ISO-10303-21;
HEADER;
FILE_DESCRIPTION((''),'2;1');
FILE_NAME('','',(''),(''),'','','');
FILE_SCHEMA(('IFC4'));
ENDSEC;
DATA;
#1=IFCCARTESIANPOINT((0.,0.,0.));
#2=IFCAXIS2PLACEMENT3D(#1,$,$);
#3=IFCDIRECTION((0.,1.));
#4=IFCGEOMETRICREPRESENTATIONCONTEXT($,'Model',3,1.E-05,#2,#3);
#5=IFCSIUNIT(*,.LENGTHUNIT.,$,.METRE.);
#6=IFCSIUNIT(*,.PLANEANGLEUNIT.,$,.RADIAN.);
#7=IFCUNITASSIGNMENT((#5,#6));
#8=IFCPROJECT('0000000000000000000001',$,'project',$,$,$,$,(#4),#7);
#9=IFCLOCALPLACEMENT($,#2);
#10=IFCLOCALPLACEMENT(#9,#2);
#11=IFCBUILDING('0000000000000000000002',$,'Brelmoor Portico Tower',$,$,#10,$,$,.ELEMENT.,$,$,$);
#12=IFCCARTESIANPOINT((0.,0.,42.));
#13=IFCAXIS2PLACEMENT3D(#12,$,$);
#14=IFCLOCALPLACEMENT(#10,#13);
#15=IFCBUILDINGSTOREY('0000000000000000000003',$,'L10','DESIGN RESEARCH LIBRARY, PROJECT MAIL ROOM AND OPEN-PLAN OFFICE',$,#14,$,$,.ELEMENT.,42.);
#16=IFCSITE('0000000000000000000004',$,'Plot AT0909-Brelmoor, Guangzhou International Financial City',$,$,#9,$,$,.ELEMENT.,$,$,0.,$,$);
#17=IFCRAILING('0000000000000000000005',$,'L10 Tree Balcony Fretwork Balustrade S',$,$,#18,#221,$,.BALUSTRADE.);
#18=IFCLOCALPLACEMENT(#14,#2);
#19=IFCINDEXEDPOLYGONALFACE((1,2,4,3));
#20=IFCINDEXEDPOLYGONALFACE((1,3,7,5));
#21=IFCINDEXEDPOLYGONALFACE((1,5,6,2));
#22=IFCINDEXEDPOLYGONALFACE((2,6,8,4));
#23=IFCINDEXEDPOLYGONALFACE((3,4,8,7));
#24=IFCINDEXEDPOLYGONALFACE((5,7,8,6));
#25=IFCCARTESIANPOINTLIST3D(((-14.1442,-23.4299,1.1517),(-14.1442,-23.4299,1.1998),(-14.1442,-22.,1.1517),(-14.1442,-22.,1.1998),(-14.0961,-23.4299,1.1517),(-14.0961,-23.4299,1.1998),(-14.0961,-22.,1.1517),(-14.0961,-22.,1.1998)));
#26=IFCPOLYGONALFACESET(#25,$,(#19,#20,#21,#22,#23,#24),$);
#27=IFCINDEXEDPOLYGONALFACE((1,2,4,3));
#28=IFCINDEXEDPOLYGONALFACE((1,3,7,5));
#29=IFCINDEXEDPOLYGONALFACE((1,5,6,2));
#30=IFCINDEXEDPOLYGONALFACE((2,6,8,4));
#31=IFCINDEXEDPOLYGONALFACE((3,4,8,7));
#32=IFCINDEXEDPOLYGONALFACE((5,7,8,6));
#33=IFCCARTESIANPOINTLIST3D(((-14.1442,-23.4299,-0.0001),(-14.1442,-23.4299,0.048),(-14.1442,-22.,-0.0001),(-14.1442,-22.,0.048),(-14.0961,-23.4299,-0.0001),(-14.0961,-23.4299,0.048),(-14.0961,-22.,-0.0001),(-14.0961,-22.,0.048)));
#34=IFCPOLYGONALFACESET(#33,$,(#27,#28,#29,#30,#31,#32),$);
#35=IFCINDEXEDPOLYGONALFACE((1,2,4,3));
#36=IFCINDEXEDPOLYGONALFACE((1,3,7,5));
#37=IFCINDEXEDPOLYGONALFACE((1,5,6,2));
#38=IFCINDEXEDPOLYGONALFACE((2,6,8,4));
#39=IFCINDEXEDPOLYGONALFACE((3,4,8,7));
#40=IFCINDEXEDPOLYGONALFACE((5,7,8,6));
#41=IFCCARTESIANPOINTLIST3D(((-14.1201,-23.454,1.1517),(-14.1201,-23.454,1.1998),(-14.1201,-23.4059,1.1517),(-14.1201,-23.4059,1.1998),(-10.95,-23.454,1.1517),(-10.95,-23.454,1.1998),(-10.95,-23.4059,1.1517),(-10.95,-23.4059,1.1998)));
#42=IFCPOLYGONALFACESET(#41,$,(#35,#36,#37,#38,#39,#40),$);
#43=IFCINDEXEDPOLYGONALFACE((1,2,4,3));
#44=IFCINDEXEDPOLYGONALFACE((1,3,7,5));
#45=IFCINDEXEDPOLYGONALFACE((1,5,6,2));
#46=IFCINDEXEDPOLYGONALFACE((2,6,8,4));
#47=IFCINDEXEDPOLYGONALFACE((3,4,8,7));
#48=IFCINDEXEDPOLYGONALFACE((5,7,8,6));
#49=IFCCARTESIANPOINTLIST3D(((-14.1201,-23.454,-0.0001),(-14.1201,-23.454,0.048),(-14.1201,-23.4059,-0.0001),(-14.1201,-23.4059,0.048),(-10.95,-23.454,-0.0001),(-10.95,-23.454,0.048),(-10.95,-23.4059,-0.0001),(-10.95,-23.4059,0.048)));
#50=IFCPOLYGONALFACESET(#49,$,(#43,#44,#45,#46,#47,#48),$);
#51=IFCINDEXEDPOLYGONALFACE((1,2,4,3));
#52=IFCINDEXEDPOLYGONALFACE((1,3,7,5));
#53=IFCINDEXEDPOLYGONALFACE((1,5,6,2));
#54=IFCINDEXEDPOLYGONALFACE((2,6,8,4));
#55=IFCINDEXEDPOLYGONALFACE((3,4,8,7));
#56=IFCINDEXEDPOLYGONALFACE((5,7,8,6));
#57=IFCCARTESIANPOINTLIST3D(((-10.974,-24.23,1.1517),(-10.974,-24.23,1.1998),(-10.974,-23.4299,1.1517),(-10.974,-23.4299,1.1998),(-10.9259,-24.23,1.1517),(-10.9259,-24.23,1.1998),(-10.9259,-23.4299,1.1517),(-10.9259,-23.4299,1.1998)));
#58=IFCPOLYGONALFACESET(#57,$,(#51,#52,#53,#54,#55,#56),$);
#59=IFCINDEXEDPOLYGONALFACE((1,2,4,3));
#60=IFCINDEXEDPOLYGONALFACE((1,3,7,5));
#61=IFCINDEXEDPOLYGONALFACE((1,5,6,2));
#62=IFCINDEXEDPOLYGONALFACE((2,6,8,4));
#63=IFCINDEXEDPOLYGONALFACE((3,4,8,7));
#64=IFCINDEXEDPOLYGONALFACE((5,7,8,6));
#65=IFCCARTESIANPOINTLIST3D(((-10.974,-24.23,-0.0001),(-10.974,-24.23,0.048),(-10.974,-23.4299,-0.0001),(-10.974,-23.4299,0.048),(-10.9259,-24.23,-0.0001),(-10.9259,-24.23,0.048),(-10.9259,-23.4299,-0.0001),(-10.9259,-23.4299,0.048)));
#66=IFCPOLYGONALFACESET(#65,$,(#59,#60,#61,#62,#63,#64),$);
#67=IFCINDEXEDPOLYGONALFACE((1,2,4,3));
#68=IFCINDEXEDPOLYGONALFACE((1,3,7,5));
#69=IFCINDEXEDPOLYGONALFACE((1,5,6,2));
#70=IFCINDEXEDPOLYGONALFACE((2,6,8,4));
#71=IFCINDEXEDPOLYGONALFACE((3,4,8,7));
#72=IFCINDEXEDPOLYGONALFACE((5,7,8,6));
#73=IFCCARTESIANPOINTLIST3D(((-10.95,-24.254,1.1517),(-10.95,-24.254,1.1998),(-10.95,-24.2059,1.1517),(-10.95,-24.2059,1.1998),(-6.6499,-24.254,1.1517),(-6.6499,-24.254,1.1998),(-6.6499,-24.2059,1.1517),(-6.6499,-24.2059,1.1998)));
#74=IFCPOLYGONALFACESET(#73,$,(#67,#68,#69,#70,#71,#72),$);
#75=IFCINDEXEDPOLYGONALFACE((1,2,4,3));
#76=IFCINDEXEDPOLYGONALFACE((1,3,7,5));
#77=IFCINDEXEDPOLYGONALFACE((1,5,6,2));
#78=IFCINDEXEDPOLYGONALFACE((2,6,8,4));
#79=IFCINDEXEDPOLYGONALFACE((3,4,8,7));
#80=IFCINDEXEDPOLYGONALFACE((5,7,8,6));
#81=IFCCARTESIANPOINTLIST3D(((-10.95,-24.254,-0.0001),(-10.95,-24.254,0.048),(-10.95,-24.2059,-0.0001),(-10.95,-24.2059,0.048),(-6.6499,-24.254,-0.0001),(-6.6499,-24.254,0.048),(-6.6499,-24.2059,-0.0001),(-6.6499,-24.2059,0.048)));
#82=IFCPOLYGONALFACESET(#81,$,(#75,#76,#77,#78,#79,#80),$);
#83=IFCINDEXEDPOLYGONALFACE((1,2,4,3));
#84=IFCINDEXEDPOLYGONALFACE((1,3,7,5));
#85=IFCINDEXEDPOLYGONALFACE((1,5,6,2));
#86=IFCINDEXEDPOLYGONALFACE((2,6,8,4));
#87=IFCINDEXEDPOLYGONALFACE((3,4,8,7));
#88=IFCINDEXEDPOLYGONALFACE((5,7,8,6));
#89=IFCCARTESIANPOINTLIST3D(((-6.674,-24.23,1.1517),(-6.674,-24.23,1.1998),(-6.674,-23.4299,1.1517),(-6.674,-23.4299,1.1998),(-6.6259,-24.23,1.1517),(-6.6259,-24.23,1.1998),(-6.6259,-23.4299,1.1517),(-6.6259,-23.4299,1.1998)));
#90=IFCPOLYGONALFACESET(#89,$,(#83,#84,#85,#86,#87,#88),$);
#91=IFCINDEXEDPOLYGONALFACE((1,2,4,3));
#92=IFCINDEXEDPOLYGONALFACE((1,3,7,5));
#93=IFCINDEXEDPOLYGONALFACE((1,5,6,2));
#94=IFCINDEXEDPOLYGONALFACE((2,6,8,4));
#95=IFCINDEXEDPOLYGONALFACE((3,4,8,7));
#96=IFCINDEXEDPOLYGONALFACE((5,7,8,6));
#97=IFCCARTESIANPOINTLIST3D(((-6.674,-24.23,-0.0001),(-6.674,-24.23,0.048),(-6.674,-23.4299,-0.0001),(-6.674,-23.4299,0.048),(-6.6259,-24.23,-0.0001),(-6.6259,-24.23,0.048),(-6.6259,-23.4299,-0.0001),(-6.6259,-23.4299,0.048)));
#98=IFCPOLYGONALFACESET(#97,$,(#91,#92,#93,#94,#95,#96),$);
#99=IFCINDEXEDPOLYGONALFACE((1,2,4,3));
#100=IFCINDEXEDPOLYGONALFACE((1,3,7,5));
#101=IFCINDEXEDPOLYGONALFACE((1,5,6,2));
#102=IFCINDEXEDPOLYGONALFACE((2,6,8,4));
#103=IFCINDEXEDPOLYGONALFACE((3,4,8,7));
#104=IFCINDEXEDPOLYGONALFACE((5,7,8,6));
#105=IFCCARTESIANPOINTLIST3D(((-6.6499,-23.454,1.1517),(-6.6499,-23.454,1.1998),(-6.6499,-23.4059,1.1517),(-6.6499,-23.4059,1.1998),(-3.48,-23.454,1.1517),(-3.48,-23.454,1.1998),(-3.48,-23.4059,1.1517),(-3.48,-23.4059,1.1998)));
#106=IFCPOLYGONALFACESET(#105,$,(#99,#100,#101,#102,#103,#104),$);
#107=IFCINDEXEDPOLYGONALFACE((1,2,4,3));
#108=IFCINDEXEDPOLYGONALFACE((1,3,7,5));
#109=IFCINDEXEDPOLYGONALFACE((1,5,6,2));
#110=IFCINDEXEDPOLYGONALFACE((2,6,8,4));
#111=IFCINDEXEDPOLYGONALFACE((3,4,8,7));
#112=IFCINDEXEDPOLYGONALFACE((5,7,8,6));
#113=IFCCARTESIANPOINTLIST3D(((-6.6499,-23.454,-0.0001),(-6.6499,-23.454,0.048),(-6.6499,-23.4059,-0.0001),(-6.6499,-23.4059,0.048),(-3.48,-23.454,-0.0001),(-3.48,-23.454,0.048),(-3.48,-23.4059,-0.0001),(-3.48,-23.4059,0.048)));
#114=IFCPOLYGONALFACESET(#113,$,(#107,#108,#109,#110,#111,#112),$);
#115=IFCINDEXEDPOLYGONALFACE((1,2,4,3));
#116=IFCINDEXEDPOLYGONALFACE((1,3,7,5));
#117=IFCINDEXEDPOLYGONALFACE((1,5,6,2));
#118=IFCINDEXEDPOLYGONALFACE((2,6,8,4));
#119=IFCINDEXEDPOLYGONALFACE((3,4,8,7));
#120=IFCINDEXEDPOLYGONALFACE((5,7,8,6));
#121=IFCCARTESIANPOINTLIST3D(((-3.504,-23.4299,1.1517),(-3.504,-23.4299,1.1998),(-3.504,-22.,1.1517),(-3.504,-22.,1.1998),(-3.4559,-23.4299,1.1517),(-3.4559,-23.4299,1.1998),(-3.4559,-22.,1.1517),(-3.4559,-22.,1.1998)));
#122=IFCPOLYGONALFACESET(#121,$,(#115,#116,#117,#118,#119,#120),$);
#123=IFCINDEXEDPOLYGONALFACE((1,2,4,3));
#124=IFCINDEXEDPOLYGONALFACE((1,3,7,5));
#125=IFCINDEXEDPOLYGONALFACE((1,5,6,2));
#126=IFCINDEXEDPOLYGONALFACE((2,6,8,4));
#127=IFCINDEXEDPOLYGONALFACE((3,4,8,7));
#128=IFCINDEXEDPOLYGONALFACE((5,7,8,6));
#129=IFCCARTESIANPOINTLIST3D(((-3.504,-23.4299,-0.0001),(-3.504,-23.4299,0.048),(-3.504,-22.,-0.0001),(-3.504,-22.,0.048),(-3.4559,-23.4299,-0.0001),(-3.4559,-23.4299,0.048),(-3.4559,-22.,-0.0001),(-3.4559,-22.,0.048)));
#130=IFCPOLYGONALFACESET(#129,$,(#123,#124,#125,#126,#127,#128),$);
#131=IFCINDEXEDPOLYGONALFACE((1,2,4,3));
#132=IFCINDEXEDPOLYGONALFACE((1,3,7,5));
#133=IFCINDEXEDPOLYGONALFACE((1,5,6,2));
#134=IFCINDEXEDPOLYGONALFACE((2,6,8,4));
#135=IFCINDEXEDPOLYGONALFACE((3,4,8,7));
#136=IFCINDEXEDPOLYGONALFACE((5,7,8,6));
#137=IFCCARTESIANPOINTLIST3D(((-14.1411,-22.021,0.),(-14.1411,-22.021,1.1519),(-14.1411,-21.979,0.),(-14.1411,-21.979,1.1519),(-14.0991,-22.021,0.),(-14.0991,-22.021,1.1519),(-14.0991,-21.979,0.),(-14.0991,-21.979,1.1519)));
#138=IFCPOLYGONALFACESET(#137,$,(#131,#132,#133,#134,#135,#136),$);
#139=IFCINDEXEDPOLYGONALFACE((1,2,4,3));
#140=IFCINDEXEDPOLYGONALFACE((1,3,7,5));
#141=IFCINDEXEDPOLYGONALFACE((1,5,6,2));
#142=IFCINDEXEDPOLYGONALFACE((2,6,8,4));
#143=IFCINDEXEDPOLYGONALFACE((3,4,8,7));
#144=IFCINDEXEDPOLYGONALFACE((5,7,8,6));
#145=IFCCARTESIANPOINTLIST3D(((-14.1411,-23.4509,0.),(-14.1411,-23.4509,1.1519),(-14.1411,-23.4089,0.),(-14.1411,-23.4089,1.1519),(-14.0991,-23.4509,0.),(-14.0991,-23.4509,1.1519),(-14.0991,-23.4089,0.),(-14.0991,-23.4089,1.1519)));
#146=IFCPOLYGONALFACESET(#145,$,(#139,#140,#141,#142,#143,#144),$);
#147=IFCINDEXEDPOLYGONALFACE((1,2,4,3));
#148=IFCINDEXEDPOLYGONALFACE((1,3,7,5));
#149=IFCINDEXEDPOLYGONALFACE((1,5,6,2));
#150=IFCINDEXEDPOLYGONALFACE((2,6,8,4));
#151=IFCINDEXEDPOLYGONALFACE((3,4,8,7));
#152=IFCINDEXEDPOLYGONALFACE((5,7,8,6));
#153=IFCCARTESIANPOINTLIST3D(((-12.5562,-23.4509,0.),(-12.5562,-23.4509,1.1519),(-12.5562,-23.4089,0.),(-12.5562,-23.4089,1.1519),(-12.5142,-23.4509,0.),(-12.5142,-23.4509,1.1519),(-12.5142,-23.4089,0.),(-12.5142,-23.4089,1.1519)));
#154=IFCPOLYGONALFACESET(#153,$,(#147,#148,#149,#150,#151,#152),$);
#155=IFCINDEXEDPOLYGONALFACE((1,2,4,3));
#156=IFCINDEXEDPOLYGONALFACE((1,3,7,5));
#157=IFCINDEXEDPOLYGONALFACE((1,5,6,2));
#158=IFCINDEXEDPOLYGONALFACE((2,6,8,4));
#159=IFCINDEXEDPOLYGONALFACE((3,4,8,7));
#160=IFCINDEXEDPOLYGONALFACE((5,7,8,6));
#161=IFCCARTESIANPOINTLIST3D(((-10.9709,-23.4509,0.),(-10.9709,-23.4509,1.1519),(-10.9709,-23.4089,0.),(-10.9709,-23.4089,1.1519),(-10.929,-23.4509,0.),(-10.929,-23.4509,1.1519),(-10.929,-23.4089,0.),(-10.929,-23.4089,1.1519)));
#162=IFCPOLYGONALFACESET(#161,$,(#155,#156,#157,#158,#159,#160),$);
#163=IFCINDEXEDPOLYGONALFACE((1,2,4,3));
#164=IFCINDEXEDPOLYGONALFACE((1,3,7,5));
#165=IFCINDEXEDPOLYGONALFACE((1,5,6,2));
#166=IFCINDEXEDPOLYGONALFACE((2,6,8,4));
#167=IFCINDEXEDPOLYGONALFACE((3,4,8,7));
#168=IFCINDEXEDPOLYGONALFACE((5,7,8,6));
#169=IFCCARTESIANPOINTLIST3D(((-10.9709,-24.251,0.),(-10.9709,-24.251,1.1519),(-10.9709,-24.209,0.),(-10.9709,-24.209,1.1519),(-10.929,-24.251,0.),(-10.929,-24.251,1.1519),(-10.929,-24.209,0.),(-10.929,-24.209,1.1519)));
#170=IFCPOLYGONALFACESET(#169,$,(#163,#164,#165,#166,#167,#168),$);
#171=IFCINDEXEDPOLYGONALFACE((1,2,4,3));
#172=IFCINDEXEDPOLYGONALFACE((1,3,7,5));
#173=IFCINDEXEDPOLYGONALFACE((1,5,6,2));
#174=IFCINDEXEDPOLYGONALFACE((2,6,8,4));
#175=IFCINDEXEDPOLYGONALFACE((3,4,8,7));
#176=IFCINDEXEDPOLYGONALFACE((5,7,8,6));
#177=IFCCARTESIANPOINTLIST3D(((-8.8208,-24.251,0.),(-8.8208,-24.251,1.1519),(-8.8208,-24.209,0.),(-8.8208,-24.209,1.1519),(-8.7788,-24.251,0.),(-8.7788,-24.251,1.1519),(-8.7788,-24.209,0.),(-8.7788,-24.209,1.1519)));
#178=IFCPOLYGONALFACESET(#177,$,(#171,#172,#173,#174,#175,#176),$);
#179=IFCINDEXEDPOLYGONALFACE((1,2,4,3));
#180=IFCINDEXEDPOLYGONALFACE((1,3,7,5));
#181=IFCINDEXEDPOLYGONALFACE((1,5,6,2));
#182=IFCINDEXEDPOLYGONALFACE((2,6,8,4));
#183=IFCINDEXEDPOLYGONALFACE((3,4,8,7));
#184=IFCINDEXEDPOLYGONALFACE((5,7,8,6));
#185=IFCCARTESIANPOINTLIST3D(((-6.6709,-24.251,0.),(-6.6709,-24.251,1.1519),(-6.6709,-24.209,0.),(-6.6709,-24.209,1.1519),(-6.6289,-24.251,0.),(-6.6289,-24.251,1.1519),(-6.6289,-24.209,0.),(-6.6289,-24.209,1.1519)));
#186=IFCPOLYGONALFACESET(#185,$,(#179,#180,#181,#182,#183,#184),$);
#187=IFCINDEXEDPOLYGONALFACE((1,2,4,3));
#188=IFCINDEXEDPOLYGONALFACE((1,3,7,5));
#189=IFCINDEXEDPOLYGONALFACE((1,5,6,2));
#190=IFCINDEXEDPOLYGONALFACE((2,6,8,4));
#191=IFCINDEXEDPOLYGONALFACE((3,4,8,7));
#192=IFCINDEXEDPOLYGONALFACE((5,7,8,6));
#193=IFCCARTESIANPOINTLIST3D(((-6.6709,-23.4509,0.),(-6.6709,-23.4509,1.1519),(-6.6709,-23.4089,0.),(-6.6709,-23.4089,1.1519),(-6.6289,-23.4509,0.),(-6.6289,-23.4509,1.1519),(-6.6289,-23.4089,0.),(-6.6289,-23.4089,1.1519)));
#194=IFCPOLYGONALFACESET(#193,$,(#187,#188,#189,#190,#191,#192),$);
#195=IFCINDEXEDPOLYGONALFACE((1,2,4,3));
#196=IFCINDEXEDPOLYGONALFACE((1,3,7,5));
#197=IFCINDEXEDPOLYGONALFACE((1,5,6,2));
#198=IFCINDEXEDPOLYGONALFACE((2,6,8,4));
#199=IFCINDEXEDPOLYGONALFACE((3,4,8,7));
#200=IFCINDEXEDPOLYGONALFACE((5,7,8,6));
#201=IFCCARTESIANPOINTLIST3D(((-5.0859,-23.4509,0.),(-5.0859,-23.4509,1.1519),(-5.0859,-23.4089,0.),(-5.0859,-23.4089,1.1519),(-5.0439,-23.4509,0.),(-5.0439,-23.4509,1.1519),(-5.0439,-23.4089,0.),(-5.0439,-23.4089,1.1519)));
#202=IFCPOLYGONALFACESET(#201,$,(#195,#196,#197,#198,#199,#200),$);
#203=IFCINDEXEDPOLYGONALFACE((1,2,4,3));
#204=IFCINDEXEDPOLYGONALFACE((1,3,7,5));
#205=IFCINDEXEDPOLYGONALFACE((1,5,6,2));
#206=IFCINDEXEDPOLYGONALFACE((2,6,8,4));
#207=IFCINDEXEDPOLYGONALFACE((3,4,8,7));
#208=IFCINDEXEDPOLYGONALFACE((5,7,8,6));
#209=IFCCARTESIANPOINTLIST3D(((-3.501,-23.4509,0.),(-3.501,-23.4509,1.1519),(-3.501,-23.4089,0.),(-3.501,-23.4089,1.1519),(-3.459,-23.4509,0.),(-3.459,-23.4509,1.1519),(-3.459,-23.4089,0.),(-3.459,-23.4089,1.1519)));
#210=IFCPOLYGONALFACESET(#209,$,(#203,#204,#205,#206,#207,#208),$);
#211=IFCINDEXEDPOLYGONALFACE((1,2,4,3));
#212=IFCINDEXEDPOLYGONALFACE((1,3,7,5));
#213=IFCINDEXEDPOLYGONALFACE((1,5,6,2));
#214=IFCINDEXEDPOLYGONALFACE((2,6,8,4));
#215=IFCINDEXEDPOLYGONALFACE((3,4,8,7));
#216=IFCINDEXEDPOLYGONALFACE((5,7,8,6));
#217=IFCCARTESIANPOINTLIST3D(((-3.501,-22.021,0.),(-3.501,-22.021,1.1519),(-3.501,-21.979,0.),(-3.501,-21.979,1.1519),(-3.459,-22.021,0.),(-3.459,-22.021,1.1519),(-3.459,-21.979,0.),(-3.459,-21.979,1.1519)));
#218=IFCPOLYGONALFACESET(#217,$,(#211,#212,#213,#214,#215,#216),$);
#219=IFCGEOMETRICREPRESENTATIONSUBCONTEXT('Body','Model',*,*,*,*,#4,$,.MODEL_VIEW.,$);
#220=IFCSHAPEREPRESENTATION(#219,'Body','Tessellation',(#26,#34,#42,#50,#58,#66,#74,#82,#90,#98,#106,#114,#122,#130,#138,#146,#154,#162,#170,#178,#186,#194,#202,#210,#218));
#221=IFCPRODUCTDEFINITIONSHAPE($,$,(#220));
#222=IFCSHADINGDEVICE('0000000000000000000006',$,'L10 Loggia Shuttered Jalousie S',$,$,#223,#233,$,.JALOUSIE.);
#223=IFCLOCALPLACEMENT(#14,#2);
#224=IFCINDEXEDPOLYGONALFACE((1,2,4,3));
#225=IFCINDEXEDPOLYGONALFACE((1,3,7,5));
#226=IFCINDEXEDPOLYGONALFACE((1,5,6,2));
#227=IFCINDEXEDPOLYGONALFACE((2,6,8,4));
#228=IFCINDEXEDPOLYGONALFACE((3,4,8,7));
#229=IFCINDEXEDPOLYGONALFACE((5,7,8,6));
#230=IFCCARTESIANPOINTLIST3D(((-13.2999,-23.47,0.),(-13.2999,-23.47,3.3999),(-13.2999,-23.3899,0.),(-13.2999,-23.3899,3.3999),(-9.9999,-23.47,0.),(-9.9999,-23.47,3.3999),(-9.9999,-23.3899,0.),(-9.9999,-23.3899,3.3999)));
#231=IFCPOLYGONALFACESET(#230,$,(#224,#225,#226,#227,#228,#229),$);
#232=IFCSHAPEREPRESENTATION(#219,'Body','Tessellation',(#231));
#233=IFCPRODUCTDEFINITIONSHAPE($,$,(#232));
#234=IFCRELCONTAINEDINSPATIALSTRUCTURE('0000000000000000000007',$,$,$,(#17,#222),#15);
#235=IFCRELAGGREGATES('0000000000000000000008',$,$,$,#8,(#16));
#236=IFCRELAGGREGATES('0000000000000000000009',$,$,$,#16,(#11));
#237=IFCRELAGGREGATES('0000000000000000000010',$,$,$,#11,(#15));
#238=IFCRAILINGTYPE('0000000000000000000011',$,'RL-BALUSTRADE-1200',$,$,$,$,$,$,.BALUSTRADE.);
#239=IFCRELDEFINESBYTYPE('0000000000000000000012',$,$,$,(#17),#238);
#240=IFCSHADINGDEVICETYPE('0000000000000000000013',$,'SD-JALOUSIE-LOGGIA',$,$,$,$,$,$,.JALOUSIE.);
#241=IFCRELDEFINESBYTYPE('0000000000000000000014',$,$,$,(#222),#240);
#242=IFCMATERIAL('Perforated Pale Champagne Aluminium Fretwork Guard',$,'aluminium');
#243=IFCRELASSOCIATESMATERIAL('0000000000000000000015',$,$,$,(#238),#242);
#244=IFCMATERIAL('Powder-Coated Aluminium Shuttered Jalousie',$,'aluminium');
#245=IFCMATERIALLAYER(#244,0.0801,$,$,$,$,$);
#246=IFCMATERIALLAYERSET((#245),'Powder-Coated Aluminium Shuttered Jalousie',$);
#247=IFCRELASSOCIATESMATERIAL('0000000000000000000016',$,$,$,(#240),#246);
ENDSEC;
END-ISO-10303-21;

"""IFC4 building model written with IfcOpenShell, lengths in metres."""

from ifc_helpers import new_model, si_unit, direction, frame, origin, origin_2d, place, context, subcontext, project, spatial, rectangle, extrude, material, layer, layer_set, type_object, element, save


model = new_model("IFC4")

# Units and contexts
model_context = context("Model", 3, precision=1e-05, world=origin(), true_north=direction((0.0, 1.0)))
body_context = subcontext(model_context, "Body", "Model", "MODEL_VIEW")
ifc_project = project(units=[si_unit("LENGTHUNIT", "METRE"), si_unit("PLANEANGLEUNIT", "RADIAN")], contexts=[model_context])

# Site, building, storey
site_placement = place(None, origin())
site = spatial("IfcSite", under=ifc_project, at=site_placement, Name="Plot AT0909-Brelmoor, Guangzhou International Financial City", CompositionType="ELEMENT", RefElevation=0.0)
building_placement = place(site_placement, origin())
building = spatial("IfcBuilding", under=site, at=building_placement, Name="Brelmoor Portico Tower", CompositionType="ELEMENT")
storey_placement = place(building_placement, frame((0.0, 0.0, 42.0)))
storey = spatial("IfcBuildingStorey", under=building, at=storey_placement, Name="L10", Description="DESIGN RESEARCH LIBRARY, PROJECT MAIL ROOM AND OPEN-PLAN OFFICE", CompositionType="ELEMENT", Elevation=42.0)

# Railing
ifc_material_1 = material(Name="Perforated Pale Champagne Aluminium Fretwork Guard", Category="aluminium")
railing_type = type_object("IfcRailingType", Name="RL-BALUSTRADE-1200", PredefinedType="BALUSTRADE", material=ifc_material_1)
railing_placement = place(storey_placement, frame((-14.1201, -22.0, 0.0)))
element("IfcRailing", 1, at=railing_placement, inside=storey, type_object=railing_type, Name="L10 Tree Balcony Fretwork Balustrade S", PredefinedType="BALUSTRADE", context=body_context, shape_type="SweptSolid", body=[
    extrude(rectangle(XDim=0.0481, YDim=0.0481, at=origin_2d()), frame((0.0, 0.0, 1.1758), z_axis=(0.0, -1.0, 0.0), x_axis=(1.0, 0.0, 0.0)), (0.0, 0.0, 1.0), 1.4299),
    extrude(rectangle(XDim=0.0481, YDim=0.0481, at=origin_2d()), frame((0.0, 0.0, 0.0239), z_axis=(0.0, -1.0, 0.0), x_axis=(1.0, 0.0, 0.0)), (0.0, 0.0, 1.0), 1.4299),
    extrude(rectangle(XDim=0.0481, YDim=0.0481, at=origin_2d()), frame((0.0, -1.4299, 1.1758), z_axis=(1.0, 0.0, 0.0), x_axis=(0.0, 1.0, 0.0)), (0.0, 0.0, 1.0), 3.1702),
    extrude(rectangle(XDim=0.0481, YDim=0.0481, at=origin_2d()), frame((0.0, -1.4299, 0.0239), z_axis=(1.0, 0.0, 0.0), x_axis=(0.0, 1.0, 0.0)), (0.0, 0.0, 1.0), 3.1702),
    extrude(rectangle(XDim=0.0481, YDim=0.0481, at=origin_2d()), frame((3.1702, -1.4299, 1.1758), z_axis=(0.0, -1.0, 0.0), x_axis=(1.0, 0.0, 0.0)), (0.0, 0.0, 1.0), 0.8),
    extrude(rectangle(XDim=0.0481, YDim=0.0481, at=origin_2d()), frame((3.1702, -1.4299, 0.0239), z_axis=(0.0, -1.0, 0.0), x_axis=(1.0, 0.0, 0.0)), (0.0, 0.0, 1.0), 0.8),
    extrude(rectangle(XDim=0.0481, YDim=0.0481, at=origin_2d()), frame((3.1702, -2.23, 1.1758), z_axis=(1.0, 0.0, 0.0), x_axis=(0.0, 1.0, 0.0)), (0.0, 0.0, 1.0), 4.3),
    extrude(rectangle(XDim=0.0481, YDim=0.0481, at=origin_2d()), frame((3.1702, -2.23, 0.0239), z_axis=(1.0, 0.0, 0.0), x_axis=(0.0, 1.0, 0.0)), (0.0, 0.0, 1.0), 4.3),
    extrude(rectangle(XDim=0.0481, YDim=0.0481, at=origin_2d()), frame((7.4702, -2.23, 1.1758), z_axis=(0.0, 1.0, 0.0), x_axis=(-1.0, 0.0, 0.0)), (0.0, 0.0, 1.0), 0.8),
    extrude(rectangle(XDim=0.0481, YDim=0.0481, at=origin_2d()), frame((7.4702, -2.23, 0.0239), z_axis=(0.0, 1.0, 0.0), x_axis=(-1.0, 0.0, 0.0)), (0.0, 0.0, 1.0), 0.8),
    extrude(rectangle(XDim=0.0481, YDim=0.0481, at=origin_2d()), frame((7.4702, -1.4299, 1.1758), z_axis=(1.0, 0.0, 0.0), x_axis=(0.0, 1.0, 0.0)), (0.0, 0.0, 1.0), 3.1699),
    extrude(rectangle(XDim=0.0481, YDim=0.0481, at=origin_2d()), frame((7.4702, -1.4299, 0.0239), z_axis=(1.0, 0.0, 0.0), x_axis=(0.0, 1.0, 0.0)), (0.0, 0.0, 1.0), 3.1699),
    extrude(rectangle(XDim=0.0481, YDim=0.0481, at=origin_2d()), frame((10.6401, -1.4299, 1.1758), z_axis=(0.0, 1.0, 0.0), x_axis=(-1.0, 0.0, 0.0)), (0.0, 0.0, 1.0), 1.4299),
    extrude(rectangle(XDim=0.0481, YDim=0.0481, at=origin_2d()), frame((10.6401, -1.4299, 0.0239), z_axis=(0.0, 1.0, 0.0), x_axis=(-1.0, 0.0, 0.0)), (0.0, 0.0, 1.0), 1.4299),
    extrude(rectangle(XDim=0.042, YDim=0.042, at=origin_2d()), origin(), (0.0, 0.0, 1.0), 1.1519),
    extrude(rectangle(XDim=0.042, YDim=0.042, at=origin_2d()), frame((0.0, -1.4299, 0.0)), (0.0, 0.0, 1.0), 1.1519),
    extrude(rectangle(XDim=0.042, YDim=0.042, at=origin_2d()), frame((1.585, -1.4299, 0.0)), (0.0, 0.0, 1.0), 1.1519),
    extrude(rectangle(XDim=0.042, YDim=0.042, at=origin_2d()), frame((3.1702, -1.4299, 0.0)), (0.0, 0.0, 1.0), 1.1519),
    extrude(rectangle(XDim=0.042, YDim=0.042, at=origin_2d()), frame((3.1702, -2.23, 0.0)), (0.0, 0.0, 1.0), 1.1519),
    extrude(rectangle(XDim=0.042, YDim=0.042, at=origin_2d()), frame((5.3203, -2.23, 0.0)), (0.0, 0.0, 1.0), 1.1519),
    extrude(rectangle(XDim=0.042, YDim=0.042, at=origin_2d()), frame((7.4702, -2.23, 0.0)), (0.0, 0.0, 1.0), 1.1519),
    extrude(rectangle(XDim=0.042, YDim=0.042, at=origin_2d()), frame((7.4702, -1.4299, 0.0)), (0.0, 0.0, 1.0), 1.1519),
    extrude(rectangle(XDim=0.042, YDim=0.042, at=origin_2d()), frame((9.0552, -1.4299, 0.0)), (0.0, 0.0, 1.0), 1.1519),
    extrude(rectangle(XDim=0.042, YDim=0.042, at=origin_2d()), frame((10.6401, -1.4299, 0.0)), (0.0, 0.0, 1.0), 1.1519),
    extrude(rectangle(XDim=0.042, YDim=0.042, at=origin_2d()), frame((10.6401, 0.0, 0.0)), (0.0, 0.0, 1.0), 1.1519),
])

# Shading device
ifc_material_2 = material(Name="Powder-Coated Aluminium Shuttered Jalousie", Category="aluminium")
ifc_layer_1 = layer(ifc_material_2, 0.0801)
ifc_layer_set_1 = layer_set([ifc_layer_1], Name="Powder-Coated Aluminium Shuttered Jalousie")
shading_device_type = type_object("IfcShadingDeviceType", Name="SD-JALOUSIE-LOGGIA", PredefinedType="JALOUSIE", material=ifc_layer_set_1)
shading_device_placement = place(storey_placement, frame((-11.6499, -23.4299, 0.0), z_axis=(0.0, 0.0, 1.0), x_axis=(1.0, 0.0, 0.0)))
element("IfcShadingDevice", 2, at=shading_device_placement, inside=storey, type_object=shading_device_type, Name="L10 Loggia Shuttered Jalousie S", PredefinedType="JALOUSIE", context=body_context, shape_type="SweptSolid", body=[
    extrude(rectangle(XDim=3.3, YDim=0.0801, at=origin_2d()), origin(), (0.0, 0.0, 1.0), 3.3999),
])

save(model, "model.ifc")
